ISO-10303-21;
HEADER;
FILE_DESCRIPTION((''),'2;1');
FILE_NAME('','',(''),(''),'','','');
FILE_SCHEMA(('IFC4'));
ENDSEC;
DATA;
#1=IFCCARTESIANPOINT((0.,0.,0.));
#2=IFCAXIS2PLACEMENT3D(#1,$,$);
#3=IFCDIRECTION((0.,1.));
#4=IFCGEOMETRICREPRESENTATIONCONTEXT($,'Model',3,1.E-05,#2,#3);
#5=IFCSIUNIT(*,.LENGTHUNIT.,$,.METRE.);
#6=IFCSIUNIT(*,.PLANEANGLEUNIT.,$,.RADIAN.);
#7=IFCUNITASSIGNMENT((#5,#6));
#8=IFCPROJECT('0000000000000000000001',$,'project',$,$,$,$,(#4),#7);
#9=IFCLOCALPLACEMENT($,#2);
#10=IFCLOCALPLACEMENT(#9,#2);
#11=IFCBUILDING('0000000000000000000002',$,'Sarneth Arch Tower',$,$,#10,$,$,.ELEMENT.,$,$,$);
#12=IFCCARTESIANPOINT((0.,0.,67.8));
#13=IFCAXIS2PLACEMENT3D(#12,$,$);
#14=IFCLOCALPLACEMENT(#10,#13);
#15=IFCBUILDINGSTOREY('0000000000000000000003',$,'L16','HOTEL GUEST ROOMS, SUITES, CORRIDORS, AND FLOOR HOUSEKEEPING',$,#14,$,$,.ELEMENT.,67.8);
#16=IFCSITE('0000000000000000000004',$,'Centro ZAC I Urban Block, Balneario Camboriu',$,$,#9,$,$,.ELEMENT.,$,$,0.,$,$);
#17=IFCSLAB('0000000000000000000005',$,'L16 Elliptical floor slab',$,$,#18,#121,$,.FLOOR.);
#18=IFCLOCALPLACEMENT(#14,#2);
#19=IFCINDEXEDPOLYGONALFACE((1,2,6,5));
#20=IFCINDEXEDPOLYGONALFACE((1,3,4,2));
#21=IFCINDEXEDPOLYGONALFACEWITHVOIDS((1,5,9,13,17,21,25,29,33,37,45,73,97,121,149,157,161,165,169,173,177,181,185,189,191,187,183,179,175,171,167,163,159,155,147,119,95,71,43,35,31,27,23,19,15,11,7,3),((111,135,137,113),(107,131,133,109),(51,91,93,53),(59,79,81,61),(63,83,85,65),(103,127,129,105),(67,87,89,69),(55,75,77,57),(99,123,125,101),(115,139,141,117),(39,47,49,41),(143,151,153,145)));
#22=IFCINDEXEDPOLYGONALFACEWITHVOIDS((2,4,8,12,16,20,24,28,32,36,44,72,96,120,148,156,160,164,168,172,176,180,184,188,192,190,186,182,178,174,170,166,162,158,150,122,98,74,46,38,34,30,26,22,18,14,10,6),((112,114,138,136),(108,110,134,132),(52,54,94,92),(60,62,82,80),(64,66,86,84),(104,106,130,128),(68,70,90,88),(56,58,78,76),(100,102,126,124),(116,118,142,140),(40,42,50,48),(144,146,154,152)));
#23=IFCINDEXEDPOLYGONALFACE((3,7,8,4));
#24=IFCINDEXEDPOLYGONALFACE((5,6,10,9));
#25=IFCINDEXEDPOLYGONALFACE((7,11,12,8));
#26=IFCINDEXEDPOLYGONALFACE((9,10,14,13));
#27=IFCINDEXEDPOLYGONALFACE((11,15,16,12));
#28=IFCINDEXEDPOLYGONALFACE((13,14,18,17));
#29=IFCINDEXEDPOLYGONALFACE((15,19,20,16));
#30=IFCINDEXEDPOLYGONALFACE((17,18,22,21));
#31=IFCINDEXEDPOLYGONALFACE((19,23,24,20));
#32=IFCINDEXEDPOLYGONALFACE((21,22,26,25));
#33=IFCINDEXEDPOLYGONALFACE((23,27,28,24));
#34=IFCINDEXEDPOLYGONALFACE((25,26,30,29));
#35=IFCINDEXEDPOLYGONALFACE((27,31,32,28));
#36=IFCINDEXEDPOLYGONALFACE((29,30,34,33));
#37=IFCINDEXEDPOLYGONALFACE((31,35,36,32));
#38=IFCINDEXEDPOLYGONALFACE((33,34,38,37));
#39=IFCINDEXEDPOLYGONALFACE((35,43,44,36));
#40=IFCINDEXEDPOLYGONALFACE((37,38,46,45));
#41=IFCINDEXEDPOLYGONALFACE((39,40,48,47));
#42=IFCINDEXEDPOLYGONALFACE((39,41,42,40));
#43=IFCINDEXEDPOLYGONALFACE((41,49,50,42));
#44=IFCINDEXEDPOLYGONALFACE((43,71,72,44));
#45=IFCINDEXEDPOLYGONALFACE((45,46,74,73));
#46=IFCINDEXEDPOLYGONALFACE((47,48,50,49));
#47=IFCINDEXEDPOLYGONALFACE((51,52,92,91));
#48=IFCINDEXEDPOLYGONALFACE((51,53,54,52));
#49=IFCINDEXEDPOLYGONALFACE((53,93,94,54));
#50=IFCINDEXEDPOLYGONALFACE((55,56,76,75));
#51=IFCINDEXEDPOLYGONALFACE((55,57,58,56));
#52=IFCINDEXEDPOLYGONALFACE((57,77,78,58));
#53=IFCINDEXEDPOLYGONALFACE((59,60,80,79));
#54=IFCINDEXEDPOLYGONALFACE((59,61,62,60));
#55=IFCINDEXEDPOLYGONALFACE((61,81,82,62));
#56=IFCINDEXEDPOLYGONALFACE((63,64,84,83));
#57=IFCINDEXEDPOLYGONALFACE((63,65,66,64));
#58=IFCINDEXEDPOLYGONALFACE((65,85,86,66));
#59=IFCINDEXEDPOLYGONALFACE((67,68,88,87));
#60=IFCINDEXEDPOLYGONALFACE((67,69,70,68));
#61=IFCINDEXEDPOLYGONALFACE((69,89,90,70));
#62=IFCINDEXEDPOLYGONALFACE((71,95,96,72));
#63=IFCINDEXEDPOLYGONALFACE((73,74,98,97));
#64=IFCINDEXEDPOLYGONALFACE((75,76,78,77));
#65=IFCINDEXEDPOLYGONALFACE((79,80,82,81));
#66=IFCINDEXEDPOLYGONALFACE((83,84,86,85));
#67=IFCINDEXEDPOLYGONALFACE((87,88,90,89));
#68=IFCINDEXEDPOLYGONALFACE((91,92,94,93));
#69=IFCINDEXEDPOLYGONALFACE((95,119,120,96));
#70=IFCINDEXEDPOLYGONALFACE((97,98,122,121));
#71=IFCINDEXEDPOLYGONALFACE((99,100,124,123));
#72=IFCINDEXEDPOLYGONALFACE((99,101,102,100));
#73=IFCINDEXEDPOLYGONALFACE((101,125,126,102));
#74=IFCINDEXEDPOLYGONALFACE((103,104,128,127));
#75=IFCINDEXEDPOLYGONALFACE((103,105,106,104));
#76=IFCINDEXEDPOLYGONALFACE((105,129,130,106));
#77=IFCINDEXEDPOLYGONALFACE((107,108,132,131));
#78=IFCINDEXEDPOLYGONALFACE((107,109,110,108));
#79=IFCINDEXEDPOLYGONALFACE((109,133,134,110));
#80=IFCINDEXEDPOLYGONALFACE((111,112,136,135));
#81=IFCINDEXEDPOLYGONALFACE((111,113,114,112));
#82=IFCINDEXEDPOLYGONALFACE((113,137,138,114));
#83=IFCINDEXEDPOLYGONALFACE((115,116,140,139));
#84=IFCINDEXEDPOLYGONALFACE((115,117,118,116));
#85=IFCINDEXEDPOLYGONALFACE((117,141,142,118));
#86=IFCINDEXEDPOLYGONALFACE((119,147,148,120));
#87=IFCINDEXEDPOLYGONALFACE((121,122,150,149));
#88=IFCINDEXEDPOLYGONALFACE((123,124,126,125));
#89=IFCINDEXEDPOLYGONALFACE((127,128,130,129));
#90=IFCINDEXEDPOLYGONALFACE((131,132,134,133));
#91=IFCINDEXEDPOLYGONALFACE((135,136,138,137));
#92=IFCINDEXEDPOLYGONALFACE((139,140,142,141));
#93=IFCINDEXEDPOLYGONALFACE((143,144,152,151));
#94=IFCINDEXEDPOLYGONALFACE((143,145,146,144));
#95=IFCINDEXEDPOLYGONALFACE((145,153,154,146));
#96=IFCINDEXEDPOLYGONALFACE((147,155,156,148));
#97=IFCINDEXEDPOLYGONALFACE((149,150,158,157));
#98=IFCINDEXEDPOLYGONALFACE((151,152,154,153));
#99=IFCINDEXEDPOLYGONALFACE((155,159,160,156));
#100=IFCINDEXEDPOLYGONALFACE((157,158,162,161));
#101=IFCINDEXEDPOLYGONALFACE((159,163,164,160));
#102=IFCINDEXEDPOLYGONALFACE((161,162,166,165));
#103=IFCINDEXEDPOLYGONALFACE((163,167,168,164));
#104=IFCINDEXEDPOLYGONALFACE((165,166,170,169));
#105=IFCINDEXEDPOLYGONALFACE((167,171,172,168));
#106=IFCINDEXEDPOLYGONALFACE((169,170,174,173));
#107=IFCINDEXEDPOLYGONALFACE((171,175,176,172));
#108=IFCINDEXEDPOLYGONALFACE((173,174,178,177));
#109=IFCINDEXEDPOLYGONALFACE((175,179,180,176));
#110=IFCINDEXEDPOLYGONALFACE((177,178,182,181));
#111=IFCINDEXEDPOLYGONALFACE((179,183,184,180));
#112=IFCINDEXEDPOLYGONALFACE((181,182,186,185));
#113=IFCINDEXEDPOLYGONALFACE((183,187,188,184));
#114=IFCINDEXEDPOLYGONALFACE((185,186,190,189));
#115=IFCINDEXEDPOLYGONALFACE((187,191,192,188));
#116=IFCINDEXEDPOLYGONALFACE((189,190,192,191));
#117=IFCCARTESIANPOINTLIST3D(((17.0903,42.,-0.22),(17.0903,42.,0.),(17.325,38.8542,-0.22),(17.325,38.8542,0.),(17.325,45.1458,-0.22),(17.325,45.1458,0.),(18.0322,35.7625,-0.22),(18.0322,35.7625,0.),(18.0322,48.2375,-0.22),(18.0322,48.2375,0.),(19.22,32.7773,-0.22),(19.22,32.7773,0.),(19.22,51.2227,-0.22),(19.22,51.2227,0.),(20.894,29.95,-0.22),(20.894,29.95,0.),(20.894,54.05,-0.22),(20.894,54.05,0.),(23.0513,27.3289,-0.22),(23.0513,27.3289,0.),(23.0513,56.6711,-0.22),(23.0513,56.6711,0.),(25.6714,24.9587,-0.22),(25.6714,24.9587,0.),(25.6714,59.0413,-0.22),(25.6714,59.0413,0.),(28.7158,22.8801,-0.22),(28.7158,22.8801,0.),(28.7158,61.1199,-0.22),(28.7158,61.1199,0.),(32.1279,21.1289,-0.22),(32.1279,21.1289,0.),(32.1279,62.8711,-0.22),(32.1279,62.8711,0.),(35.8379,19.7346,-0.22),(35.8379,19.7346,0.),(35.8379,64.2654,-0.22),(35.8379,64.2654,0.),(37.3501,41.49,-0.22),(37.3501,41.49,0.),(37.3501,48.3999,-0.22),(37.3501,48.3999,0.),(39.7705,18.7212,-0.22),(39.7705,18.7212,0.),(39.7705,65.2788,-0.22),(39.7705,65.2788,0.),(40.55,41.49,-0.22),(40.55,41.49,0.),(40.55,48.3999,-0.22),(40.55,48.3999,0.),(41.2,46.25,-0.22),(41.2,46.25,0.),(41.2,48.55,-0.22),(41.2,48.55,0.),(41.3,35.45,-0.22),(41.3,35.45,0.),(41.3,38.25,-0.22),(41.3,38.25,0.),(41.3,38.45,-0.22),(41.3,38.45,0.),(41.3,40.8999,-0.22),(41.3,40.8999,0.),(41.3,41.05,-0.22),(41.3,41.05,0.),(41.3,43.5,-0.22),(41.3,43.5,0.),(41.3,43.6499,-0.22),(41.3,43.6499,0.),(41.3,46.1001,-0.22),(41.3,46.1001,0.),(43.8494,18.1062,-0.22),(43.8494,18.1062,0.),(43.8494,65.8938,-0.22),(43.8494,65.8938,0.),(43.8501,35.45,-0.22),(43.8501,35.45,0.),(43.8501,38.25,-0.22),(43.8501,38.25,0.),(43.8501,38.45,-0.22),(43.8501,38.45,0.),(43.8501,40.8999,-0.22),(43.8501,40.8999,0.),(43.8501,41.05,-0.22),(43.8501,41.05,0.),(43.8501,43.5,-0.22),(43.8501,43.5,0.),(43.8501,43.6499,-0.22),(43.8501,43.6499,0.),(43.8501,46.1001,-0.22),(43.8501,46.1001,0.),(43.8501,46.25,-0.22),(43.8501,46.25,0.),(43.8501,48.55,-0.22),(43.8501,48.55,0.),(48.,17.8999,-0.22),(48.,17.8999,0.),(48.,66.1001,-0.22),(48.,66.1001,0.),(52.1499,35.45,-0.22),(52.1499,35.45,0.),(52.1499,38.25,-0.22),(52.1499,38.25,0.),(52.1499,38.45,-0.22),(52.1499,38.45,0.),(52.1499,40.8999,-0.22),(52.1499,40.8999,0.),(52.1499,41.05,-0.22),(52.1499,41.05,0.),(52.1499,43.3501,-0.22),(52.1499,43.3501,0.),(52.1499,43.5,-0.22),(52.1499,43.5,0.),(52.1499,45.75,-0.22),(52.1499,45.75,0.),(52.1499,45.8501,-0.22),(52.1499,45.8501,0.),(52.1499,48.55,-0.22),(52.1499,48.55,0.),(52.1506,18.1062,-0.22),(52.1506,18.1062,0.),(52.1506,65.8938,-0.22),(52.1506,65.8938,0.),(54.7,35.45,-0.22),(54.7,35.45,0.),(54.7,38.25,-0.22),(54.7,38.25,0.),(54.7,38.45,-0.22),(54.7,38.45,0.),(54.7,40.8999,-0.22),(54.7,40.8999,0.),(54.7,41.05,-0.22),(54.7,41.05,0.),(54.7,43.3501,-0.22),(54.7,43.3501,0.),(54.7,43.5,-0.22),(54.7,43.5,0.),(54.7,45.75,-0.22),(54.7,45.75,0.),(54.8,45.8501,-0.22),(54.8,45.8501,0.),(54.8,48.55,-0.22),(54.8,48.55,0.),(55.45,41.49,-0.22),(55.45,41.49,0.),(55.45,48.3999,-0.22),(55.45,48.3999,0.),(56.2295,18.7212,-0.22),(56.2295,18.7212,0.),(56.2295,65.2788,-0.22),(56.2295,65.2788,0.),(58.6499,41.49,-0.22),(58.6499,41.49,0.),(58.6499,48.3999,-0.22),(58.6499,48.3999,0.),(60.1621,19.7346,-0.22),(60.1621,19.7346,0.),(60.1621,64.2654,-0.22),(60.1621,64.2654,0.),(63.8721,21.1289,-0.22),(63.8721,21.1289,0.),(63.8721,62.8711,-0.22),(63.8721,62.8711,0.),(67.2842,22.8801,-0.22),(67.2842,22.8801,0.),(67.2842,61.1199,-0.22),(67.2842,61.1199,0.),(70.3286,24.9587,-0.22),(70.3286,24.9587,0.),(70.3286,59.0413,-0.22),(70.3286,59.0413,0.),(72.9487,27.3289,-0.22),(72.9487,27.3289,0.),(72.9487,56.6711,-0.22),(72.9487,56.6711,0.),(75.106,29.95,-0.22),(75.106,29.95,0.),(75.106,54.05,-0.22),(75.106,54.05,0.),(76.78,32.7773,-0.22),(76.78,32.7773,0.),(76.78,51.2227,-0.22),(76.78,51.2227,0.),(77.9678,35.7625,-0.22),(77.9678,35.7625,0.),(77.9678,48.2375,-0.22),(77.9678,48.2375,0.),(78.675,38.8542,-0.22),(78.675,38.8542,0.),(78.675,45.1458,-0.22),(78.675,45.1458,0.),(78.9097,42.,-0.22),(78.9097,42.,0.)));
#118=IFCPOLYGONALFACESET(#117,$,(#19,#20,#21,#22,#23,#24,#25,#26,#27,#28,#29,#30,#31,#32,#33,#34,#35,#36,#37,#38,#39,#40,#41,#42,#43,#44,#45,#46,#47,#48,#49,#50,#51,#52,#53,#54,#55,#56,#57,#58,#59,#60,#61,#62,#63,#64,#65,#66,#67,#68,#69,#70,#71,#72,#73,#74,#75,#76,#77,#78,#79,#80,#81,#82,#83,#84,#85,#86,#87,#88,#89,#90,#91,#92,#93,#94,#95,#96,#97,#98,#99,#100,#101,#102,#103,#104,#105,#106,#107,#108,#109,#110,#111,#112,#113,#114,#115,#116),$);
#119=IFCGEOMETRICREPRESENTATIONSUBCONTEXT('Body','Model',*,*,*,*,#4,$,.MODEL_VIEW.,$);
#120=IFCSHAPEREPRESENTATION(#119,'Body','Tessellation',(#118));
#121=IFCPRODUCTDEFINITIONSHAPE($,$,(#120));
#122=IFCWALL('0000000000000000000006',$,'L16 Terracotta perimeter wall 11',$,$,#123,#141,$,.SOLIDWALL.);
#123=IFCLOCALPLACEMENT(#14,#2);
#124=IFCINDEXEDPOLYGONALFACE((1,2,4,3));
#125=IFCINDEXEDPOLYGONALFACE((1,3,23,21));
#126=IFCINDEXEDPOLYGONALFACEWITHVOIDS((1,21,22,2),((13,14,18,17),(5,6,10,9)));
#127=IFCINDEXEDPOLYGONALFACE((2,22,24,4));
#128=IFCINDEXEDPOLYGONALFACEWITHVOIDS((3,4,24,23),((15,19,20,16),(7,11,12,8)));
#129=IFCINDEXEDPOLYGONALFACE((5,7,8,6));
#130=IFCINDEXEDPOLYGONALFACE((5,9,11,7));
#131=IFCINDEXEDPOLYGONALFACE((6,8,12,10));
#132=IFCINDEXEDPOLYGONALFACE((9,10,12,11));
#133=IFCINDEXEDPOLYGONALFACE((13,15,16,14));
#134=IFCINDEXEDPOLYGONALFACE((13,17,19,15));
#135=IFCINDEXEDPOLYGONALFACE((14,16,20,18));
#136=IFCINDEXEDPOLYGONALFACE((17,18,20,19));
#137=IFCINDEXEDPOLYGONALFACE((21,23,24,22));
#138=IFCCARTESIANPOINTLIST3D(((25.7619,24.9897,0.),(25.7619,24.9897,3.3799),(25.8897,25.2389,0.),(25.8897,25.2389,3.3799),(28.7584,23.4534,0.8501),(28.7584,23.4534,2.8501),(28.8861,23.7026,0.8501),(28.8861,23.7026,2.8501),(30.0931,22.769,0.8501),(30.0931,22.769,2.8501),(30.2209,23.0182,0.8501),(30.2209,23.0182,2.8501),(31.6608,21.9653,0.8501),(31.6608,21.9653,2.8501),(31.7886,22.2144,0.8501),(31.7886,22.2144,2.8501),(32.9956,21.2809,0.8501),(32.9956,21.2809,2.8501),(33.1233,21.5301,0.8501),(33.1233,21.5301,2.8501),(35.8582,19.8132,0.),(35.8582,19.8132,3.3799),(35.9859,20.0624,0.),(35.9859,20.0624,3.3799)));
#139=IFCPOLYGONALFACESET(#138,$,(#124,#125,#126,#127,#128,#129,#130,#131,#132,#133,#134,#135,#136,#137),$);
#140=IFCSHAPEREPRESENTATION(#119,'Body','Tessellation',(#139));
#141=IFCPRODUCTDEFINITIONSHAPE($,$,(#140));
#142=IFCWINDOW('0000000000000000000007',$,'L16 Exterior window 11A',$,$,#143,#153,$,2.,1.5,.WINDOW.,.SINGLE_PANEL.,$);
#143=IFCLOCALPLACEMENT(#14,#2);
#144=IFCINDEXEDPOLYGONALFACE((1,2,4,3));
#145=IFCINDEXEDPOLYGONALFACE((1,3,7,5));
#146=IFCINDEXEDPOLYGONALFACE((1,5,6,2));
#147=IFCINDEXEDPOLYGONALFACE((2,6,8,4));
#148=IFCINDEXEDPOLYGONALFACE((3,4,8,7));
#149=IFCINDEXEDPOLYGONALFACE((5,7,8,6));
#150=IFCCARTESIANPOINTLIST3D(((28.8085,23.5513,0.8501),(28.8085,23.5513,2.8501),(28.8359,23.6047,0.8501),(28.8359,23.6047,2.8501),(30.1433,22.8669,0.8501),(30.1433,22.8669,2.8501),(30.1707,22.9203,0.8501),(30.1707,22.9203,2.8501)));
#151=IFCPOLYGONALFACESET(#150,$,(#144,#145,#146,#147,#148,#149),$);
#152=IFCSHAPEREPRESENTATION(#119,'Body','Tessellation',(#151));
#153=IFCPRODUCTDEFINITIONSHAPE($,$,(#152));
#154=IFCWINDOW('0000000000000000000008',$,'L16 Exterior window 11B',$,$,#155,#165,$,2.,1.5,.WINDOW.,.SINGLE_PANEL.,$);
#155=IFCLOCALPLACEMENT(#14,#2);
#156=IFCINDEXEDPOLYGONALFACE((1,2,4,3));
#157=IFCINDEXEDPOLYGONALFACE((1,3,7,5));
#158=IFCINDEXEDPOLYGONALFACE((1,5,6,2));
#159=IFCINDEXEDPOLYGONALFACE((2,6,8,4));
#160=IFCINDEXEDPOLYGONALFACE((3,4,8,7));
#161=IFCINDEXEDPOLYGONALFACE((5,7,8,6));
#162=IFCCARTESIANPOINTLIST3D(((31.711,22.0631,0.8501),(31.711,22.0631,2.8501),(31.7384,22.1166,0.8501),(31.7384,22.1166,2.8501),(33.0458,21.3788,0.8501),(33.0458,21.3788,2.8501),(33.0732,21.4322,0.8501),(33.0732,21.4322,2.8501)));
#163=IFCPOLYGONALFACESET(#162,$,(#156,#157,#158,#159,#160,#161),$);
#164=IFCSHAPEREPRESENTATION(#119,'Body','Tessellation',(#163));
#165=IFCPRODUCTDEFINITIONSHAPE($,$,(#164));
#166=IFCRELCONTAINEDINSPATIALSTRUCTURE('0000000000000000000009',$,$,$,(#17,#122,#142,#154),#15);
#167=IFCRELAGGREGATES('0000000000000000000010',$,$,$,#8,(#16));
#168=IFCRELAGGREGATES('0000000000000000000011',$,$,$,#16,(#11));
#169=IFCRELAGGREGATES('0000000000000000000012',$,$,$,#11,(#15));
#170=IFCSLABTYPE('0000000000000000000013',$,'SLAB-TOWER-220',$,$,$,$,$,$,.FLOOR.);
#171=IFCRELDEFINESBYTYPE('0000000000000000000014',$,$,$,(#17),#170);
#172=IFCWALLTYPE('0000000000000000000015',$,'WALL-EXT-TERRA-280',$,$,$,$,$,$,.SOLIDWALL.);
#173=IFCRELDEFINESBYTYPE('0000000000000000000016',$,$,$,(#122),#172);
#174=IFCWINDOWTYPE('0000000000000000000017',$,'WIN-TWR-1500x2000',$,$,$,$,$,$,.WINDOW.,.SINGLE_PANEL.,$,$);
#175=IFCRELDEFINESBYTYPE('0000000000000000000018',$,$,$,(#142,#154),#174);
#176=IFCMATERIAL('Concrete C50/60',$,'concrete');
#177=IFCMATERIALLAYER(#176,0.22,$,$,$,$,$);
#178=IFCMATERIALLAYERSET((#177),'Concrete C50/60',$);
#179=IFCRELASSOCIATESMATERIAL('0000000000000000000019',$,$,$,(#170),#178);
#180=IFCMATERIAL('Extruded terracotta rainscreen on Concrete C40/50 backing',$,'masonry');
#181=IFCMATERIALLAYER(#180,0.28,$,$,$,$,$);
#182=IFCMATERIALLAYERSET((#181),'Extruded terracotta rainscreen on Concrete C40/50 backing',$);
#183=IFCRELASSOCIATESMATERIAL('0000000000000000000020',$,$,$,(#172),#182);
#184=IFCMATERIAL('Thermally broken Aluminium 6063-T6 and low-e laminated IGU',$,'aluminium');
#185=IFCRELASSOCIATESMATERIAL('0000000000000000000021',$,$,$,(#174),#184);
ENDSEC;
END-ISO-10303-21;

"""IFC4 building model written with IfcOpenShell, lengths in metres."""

from ifc_helpers import new_model, si_unit, direction, frame, frame_2d, origin, place, context, subcontext, project, spatial, polyline, rectangle, outline, extrude, material, layer, layer_set, type_object, element, fill, save


model = new_model("IFC4")

# Units and contexts
model_context = context("Model", 3, precision=1e-05, world=origin(), true_north=direction((0.0, 1.0)))
body_context = subcontext(model_context, "Body", "Model", "MODEL_VIEW")
ifc_project = project(units=[si_unit("LENGTHUNIT", "METRE"), si_unit("PLANEANGLEUNIT", "RADIAN")], contexts=[model_context])

# Site, building, storey
site_placement = place(None, origin())
site = spatial("IfcSite", under=ifc_project, at=site_placement, Name="Centro ZAC I Urban Block, Balneario Camboriu", CompositionType="ELEMENT", RefElevation=0.0)
building_placement = place(site_placement, origin())
building = spatial("IfcBuilding", under=site, at=building_placement, Name="Sarneth Arch Tower", CompositionType="ELEMENT")
storey_placement = place(building_placement, frame((0.0, 0.0, 67.8)))
storey = spatial("IfcBuildingStorey", under=building, at=storey_placement, Name="L16", Description="HOTEL GUEST ROOMS, SUITES, CORRIDORS, AND FLOOR HOUSEKEEPING", CompositionType="ELEMENT", Elevation=67.8)

# Slab
ifc_material_1 = material(Name="Concrete C50/60", Category="concrete")
ifc_layer_1 = layer(ifc_material_1, 0.22)
ifc_layer_set_1 = layer_set([ifc_layer_1], Name="Concrete C50/60")
slab_type_1 = type_object("IfcSlabType", Name="SLAB-TOWER-220", PredefinedType="FLOOR", material=ifc_layer_set_1)
slab_1_placement = place(storey_placement, frame((0.0, 0.0, -0.22)))
element("IfcSlab", 1, at=slab_1_placement, inside=storey, type_object=slab_type_1, Name="L16 Elliptical floor slab", PredefinedType="FLOOR", context=body_context, shape_type="SweptSolid", body=[
    extrude(outline(polyline([(78.9097, 42.0), (78.675, 45.1458), (77.9678, 48.2375), (76.78, 51.2227), (75.106, 54.05), (72.9487, 56.6711), (70.3286, 59.0413), (67.2842, 61.1199), (63.8721, 62.8711), (60.1621, 64.2654), (56.2295, 65.2788), (52.1506, 65.8938), (48.0, 66.1001), (43.8494, 65.8938), (39.7705, 65.2788), (35.8379, 64.2654), (32.1279, 62.8711), (28.7158, 61.1199), (25.6714, 59.0413), (23.0513, 56.6711), (20.894, 54.05), (19.22, 51.2227), (18.0322, 48.2375), (17.325, 45.1458), (17.0903, 42.0), (17.325, 38.8542), (18.0322, 35.7625), (19.22, 32.7773), (20.894, 29.95), (23.0513, 27.3289), (25.6714, 24.9587), (28.7158, 22.8801), (32.1279, 21.1289), (35.8379, 19.7346), (39.7705, 18.7212), (43.8494, 18.1062), (48.0, 17.8999), (52.1506, 18.1062), (56.2295, 18.7212), (60.1621, 19.7346), (63.8721, 21.1289), (67.2842, 22.8801), (70.3286, 24.9587), (72.9487, 27.3289), (75.106, 29.95), (76.78, 32.7773), (77.9678, 35.7625), (78.675, 38.8542), (78.9097, 42.0)]), holes=[polyline([(37.3501, 41.49), (40.55, 41.49), (40.55, 48.3999), (37.3501, 48.3999), (37.3501, 41.49)]), polyline([(55.45, 41.49), (58.6499, 41.49), (58.6499, 48.3999), (55.45, 48.3999), (55.45, 41.49)]), polyline([(41.2, 46.25), (43.8501, 46.25), (43.8501, 48.55), (41.2, 48.55), (41.2, 46.25)]), polyline([(41.3, 35.45), (43.8501, 35.45), (43.8501, 38.25), (41.3, 38.25), (41.3, 35.45)]), polyline([(52.1499, 35.45), (54.7, 35.45), (54.7, 38.25), (52.1499, 38.25), (52.1499, 35.45)]), polyline([(52.1499, 45.8501), (54.8, 45.8501), (54.8, 48.55), (52.1499, 48.55), (52.1499, 45.8501)]), polyline([(41.3, 38.45), (43.8501, 38.45), (43.8501, 40.8999), (41.3, 40.8999), (41.3, 38.45)]), polyline([(41.3, 41.05), (43.8501, 41.05), (43.8501, 43.5), (41.3, 43.5), (41.3, 41.05)]), polyline([(41.3, 43.6499), (43.8501, 43.6499), (43.8501, 46.1001), (41.3, 46.1001), (41.3, 43.6499)]), polyline([(52.1499, 38.45), (54.7, 38.45), (54.7, 40.8999), (52.1499, 40.8999), (52.1499, 38.45)]), polyline([(52.1499, 41.05), (54.7, 41.05), (54.7, 43.3501), (52.1499, 43.3501), (52.1499, 41.05)]), polyline([(52.1499, 43.5), (54.7, 43.5), (54.7, 45.75), (52.1499, 45.75), (52.1499, 43.5)])]), origin(), (0.0, 0.0, 1.0), 0.22),
])

# Wall, openings, windows
ifc_material_2 = material(Name="Extruded terracotta rainscreen on Concrete C40/50 backing", Category="masonry")
ifc_layer_2 = layer(ifc_material_2, 0.28)
ifc_layer_set_2 = layer_set([ifc_layer_2], Name="Extruded terracotta rainscreen on Concrete C40/50 backing")
wall_type_1 = type_object("IfcWallType", Name="WALL-EXT-TERRA-280", PredefinedType="SOLIDWALL", material=ifc_layer_set_2)
wall_1_placement = place(storey_placement, frame((25.8259, 25.1143, 0.0), z_axis=(0.0, 0.0, 1.0), x_axis=(0.889854, -0.456245, 0.0)))
wall_1 = element("IfcWall", 2, at=wall_1_placement, inside=storey, type_object=wall_type_1, Name="L16 Terracotta perimeter wall 11", PredefinedType="SOLIDWALL", context=body_context, shape_type="SweptSolid", body=[
    extrude(rectangle(XDim=11.3459, YDim=0.28, at=frame_2d((5.6729, 0.0))), origin(), (0.0, 0.0, 1.0), 3.3799),
])
opening_1_placement = place(wall_1_placement, frame((3.3672, 0.0, 0.8501)))
opening_1 = element("IfcOpeningElement", 3, at=opening_1_placement, cuts=wall_1, PredefinedType="OPENING", context=body_context, shape_type="SweptSolid", body=[
    extrude(rectangle(XDim=1.5, YDim=2.0, at=frame_2d((0.75, 1.0))), frame((0.0, 0.1499, 0.0), z_axis=(0.0, -1.0, 0.0), x_axis=(1.0, 0.0, 0.0)), (0.0, 0.0, 1.0), 0.3),
])
opening_2_placement = place(wall_1_placement, frame((6.6289, 0.0, 0.8501)))
opening_2 = element("IfcOpeningElement", 4, at=opening_2_placement, cuts=wall_1, PredefinedType="OPENING", context=body_context, shape_type="SweptSolid", body=[
    extrude(rectangle(XDim=1.5, YDim=2.0, at=frame_2d((0.75, 1.0))), frame((0.0, 0.1499, 0.0), z_axis=(0.0, -1.0, 0.0), x_axis=(1.0, 0.0, 0.0)), (0.0, 0.0, 1.0), 0.3),
])
ifc_material_3 = material(Name="Thermally broken Aluminium 6063-T6 and low-e laminated IGU", Category="aluminium")
window_type = type_object("IfcWindowType", Name="WIN-TWR-1500x2000", PartitioningType="SINGLE_PANEL", PredefinedType="WINDOW", material=ifc_material_3)
window_1_placement = place(opening_1_placement, origin())
window_1 = element("IfcWindow", 5, at=window_1_placement, inside=storey, type_object=window_type, Name="L16 Exterior window 11A", OverallHeight=2.0, OverallWidth=1.5, PartitioningType="SINGLE_PANEL", PredefinedType="WINDOW", context=body_context, shape_type="SweptSolid", body=[
    extrude(rectangle(XDim=1.5, YDim=2.0, at=frame_2d((0.75, 1.0))), frame((0.0, 0.03, 0.0), z_axis=(0.0, -1.0, 0.0), x_axis=(1.0, 0.0, 0.0)), (0.0, 0.0, 1.0), 0.0601),
])
fill(opening_1, window_1)
window_2_placement = place(opening_2_placement, origin())
window_2 = element("IfcWindow", 6, at=window_2_placement, inside=storey, type_object=window_type, Name="L16 Exterior window 11B", OverallHeight=2.0, OverallWidth=1.5, PartitioningType="SINGLE_PANEL", PredefinedType="WINDOW", context=body_context, shape_type="SweptSolid", body=[
    extrude(rectangle(XDim=1.5, YDim=2.0, at=frame_2d((0.75, 1.0))), frame((0.0, 0.03, 0.0), z_axis=(0.0, -1.0, 0.0), x_axis=(1.0, 0.0, 0.0)), (0.0, 0.0, 1.0), 0.0601),
])
fill(opening_2, window_2)

save(model, "model.ifc")
